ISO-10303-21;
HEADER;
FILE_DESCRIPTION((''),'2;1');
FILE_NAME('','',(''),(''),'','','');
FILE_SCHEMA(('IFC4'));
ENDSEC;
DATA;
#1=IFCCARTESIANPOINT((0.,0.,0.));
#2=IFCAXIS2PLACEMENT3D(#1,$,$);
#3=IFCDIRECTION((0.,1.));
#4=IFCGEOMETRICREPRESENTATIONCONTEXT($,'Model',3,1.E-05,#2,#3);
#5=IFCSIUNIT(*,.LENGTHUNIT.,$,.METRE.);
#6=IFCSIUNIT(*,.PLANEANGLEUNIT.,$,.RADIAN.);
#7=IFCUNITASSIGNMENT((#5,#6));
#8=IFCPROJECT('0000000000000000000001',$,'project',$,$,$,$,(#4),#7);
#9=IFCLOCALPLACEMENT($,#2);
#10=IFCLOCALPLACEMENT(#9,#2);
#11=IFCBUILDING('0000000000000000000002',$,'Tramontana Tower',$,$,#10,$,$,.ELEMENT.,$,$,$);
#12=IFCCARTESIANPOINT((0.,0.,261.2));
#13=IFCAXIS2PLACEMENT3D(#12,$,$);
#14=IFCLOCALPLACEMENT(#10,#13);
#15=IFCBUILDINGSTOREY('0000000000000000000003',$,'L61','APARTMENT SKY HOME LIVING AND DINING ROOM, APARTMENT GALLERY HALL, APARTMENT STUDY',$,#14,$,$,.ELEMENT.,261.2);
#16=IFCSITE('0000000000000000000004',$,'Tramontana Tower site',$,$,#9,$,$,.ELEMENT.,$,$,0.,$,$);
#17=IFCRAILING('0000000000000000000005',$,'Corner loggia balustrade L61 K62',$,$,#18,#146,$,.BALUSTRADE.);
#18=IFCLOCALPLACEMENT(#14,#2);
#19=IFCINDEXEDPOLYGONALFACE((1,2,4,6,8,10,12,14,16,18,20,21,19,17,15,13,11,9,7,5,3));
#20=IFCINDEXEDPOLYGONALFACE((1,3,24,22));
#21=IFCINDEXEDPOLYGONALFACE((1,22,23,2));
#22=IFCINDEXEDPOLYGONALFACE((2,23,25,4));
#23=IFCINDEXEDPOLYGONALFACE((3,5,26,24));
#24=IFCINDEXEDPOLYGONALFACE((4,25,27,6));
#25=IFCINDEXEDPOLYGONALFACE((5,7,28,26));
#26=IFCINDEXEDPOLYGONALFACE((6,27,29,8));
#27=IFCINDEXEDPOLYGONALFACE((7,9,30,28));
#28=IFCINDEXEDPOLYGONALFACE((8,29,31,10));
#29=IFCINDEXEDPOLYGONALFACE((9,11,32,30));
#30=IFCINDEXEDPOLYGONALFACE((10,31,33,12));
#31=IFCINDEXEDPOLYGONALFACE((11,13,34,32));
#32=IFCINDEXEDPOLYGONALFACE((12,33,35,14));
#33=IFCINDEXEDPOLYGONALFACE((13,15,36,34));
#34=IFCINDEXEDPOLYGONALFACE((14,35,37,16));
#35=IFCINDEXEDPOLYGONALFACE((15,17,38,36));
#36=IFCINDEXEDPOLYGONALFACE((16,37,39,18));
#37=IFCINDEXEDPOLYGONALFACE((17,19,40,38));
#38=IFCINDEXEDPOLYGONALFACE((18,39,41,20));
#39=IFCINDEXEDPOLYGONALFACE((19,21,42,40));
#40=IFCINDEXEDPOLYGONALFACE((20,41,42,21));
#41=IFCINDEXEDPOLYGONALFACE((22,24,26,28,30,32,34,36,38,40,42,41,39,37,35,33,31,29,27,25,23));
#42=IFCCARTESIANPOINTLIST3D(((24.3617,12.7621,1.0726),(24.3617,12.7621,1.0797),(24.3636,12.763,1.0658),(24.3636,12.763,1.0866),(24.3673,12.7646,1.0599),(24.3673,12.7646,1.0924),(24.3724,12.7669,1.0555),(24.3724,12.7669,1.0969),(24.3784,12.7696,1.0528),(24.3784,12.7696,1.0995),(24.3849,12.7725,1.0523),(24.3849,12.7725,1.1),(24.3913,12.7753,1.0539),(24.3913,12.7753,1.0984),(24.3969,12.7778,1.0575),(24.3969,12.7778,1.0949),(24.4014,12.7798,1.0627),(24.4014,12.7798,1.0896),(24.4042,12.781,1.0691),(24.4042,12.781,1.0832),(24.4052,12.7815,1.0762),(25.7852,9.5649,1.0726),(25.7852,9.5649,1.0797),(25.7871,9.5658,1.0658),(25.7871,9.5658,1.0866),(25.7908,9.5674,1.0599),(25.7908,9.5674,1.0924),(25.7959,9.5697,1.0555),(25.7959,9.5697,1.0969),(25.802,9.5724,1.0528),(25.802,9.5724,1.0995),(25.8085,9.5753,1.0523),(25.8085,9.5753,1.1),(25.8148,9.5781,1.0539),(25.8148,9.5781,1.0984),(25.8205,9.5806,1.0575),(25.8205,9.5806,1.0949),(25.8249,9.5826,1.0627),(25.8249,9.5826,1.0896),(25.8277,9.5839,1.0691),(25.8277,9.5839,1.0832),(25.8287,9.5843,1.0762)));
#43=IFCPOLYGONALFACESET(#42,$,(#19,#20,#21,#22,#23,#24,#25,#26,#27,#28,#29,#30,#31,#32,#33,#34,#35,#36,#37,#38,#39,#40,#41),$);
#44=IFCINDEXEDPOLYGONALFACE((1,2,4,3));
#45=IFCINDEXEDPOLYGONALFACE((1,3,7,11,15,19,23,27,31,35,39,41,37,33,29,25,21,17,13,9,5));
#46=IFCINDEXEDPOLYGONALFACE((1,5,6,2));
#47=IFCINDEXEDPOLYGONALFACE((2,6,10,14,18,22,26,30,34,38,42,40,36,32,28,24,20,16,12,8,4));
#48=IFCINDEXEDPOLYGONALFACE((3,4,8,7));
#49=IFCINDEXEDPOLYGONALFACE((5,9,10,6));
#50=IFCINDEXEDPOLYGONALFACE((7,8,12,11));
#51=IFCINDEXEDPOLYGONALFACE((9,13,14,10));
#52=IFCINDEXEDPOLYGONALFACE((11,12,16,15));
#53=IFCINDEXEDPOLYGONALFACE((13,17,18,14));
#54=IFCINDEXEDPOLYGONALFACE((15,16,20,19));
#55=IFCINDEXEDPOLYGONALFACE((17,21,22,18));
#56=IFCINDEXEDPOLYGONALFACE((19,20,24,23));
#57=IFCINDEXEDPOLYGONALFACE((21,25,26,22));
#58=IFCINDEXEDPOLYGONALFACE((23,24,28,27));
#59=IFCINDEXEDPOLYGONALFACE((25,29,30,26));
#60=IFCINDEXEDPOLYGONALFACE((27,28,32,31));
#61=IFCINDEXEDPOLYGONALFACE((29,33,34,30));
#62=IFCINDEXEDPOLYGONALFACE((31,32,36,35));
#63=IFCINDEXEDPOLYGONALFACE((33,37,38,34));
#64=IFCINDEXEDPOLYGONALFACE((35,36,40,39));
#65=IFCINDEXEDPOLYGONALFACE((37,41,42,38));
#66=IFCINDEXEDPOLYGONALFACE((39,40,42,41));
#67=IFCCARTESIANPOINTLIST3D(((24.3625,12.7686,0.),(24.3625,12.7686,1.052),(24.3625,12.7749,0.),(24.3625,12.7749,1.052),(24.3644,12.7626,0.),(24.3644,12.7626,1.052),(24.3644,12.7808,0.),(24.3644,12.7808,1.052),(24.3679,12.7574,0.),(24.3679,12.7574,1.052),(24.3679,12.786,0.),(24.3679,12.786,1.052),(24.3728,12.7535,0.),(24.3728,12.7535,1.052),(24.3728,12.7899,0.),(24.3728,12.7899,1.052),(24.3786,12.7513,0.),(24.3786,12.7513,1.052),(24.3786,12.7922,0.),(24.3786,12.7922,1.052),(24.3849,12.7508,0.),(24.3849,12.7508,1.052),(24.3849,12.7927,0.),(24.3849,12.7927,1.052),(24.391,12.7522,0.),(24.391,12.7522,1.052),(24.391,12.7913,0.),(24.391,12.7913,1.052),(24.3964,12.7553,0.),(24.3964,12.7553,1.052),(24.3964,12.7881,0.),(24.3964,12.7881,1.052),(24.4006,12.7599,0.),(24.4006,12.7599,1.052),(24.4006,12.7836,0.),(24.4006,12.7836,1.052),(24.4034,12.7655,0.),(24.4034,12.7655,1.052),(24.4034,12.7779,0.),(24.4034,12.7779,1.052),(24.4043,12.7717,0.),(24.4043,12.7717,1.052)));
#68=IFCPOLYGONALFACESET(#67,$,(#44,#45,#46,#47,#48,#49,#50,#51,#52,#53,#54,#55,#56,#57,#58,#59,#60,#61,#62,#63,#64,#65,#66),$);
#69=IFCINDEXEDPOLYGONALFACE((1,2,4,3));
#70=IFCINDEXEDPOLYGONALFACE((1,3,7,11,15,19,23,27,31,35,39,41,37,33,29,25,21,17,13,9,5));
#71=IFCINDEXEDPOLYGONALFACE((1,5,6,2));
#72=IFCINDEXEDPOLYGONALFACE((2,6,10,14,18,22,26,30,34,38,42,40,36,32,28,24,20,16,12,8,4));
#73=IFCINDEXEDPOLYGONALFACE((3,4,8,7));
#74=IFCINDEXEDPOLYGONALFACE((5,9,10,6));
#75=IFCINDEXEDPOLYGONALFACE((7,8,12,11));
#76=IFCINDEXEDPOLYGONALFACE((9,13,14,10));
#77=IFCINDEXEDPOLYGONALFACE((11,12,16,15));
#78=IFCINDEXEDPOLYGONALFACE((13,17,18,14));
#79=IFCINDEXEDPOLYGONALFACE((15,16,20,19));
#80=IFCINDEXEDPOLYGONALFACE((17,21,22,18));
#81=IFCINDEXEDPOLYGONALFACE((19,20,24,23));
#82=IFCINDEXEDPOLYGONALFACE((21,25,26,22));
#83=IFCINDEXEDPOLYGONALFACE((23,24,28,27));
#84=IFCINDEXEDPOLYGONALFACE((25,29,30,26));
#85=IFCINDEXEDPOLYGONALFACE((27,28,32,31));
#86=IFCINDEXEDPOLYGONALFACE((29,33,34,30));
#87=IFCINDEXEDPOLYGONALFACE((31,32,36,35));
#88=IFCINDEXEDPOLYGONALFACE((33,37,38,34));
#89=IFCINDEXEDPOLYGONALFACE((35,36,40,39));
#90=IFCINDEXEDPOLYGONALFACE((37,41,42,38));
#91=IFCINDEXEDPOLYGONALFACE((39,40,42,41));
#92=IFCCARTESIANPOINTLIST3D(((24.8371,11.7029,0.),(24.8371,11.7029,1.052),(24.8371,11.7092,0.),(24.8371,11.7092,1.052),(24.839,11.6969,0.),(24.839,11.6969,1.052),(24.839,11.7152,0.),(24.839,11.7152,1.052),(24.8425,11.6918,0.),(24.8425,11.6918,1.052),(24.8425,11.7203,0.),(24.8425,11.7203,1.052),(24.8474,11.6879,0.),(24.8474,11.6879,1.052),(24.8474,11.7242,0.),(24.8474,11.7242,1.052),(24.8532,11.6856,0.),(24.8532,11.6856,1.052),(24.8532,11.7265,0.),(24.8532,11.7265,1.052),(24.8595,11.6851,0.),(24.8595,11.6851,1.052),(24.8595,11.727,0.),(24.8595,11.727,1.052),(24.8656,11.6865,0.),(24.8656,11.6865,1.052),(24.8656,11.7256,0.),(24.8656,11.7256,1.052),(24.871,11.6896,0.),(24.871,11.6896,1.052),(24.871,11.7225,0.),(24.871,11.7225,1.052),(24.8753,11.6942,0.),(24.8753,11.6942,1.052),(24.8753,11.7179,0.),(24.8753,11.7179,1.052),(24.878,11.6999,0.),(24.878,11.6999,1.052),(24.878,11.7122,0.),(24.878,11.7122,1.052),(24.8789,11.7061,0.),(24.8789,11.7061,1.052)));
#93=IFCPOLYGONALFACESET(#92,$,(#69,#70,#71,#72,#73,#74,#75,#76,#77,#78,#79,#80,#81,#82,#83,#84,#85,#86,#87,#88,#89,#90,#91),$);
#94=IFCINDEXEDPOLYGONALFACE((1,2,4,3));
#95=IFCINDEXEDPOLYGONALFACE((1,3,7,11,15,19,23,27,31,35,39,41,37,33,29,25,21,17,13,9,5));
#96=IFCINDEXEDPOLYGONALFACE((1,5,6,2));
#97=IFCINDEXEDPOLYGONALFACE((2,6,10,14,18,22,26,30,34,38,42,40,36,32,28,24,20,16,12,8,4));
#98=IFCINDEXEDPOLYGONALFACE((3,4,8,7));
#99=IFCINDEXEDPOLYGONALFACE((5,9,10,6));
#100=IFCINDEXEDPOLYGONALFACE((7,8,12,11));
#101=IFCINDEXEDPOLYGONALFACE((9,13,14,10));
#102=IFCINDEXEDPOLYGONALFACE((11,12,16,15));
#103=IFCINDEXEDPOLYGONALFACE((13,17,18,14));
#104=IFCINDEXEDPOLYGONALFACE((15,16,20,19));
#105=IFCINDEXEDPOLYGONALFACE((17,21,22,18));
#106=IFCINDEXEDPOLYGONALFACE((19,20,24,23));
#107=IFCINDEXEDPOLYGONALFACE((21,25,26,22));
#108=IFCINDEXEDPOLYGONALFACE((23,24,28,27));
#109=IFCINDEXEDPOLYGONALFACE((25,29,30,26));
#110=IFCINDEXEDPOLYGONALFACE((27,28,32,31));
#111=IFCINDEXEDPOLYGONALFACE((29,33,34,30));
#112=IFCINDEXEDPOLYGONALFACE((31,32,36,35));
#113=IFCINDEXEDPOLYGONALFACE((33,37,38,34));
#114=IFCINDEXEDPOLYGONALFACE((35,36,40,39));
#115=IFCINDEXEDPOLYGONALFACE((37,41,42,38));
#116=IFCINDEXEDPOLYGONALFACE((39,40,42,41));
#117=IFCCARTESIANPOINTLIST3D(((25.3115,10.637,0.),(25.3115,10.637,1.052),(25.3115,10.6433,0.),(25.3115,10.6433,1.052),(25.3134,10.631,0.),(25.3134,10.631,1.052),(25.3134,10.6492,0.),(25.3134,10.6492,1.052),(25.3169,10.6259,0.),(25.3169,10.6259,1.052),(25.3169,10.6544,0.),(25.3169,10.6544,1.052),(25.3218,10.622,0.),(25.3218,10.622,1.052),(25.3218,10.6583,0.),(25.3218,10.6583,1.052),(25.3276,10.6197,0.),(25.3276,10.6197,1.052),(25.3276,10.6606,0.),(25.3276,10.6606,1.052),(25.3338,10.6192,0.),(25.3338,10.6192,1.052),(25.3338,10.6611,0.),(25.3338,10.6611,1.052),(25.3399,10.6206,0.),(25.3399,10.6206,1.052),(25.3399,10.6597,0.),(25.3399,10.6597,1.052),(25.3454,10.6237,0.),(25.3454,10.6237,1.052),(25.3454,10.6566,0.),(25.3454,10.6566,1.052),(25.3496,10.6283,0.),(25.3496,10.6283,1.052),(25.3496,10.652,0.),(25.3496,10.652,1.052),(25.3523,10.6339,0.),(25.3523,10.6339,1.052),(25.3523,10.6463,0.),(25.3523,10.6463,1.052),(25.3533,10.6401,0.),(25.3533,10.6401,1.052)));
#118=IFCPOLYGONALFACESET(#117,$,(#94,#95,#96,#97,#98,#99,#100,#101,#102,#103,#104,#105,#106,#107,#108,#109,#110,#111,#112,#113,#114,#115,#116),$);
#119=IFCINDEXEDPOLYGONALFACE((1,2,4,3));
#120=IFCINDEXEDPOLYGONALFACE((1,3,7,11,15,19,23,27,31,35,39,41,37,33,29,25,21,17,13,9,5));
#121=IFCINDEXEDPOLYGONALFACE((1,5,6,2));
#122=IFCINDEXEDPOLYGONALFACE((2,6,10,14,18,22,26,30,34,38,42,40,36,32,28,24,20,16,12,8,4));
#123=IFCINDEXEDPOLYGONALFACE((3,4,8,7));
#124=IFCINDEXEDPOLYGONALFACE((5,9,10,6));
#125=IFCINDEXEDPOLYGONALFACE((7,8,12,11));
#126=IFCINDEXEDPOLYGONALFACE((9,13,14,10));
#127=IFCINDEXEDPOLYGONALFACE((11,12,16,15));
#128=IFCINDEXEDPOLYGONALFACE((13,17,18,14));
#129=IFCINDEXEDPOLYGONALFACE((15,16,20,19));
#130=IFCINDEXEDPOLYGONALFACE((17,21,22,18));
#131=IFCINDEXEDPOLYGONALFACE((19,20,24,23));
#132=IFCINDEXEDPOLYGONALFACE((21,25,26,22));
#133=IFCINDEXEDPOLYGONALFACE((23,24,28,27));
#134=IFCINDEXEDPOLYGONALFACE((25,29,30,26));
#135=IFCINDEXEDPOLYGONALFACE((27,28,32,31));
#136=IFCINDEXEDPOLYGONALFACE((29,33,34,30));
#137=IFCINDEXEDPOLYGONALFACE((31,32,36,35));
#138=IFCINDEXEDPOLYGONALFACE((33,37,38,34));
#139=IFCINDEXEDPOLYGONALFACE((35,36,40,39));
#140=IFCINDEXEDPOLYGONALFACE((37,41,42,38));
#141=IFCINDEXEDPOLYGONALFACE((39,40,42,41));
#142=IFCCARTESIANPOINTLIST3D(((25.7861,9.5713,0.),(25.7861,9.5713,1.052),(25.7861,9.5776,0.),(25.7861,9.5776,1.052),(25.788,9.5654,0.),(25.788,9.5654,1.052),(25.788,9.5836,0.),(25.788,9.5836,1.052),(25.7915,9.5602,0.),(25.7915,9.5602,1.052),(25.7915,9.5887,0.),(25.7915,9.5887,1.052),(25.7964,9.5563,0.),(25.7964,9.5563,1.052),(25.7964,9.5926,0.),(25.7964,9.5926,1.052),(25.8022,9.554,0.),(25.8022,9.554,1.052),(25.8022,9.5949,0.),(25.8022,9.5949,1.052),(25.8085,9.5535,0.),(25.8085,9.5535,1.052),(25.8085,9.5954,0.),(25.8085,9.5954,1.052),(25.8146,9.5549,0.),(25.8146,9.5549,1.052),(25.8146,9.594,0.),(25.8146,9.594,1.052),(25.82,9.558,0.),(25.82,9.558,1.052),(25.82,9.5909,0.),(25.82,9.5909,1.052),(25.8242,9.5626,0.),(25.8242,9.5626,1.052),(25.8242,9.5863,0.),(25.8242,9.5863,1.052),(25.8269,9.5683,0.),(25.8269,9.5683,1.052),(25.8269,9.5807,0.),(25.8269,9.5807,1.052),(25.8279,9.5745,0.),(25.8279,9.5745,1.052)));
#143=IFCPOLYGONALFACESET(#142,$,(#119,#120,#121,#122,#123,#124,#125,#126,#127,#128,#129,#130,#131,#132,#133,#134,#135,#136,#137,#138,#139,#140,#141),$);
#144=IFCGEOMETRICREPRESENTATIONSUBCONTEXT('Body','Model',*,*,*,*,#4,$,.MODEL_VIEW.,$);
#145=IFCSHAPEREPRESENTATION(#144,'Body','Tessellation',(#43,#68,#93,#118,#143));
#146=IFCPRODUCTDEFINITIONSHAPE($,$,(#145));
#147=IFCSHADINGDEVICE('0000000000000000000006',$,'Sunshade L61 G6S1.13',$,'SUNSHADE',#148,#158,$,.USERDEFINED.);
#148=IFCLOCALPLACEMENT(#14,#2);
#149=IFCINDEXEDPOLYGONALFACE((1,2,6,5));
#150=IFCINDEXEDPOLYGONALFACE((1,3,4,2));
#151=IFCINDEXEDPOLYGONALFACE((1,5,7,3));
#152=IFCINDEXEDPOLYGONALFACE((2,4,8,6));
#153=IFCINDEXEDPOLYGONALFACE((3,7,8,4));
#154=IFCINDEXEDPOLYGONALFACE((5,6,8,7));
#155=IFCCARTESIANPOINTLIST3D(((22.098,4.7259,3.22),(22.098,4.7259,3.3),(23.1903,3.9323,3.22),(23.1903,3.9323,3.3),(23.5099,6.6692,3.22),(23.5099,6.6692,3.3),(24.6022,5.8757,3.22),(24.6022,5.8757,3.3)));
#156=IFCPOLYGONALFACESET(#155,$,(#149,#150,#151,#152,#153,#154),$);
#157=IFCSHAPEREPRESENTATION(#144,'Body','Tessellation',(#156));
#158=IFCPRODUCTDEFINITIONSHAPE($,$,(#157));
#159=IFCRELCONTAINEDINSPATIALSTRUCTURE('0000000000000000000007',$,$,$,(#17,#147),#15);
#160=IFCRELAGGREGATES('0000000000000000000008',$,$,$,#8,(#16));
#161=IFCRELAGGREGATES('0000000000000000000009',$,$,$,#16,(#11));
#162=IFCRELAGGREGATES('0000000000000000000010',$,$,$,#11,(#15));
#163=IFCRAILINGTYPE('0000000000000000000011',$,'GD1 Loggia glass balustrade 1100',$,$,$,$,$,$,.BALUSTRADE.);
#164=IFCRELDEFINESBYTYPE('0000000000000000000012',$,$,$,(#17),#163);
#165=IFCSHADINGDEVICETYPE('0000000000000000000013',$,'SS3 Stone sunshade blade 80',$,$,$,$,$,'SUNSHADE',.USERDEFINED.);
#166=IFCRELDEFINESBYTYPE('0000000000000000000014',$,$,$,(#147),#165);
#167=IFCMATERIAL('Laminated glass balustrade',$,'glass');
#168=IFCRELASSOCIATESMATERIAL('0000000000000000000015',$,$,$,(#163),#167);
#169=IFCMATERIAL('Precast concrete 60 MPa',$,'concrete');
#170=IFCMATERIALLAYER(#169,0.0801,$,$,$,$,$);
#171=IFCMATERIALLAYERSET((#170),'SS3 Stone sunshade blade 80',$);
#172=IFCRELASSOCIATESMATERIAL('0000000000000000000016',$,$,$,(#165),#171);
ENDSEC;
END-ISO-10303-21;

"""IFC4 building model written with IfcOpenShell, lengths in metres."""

from ifc_helpers import new_model, si_unit, direction, frame, origin, origin_2d, place, context, subcontext, project, spatial, rectangle, circle, extrude, material, layer, layer_set, type_object, element, save


model = new_model("IFC4")

# Units and contexts
model_context = context("Model", 3, precision=1e-05, world=origin(), true_north=direction((0.0, 1.0)))
body_context = subcontext(model_context, "Body", "Model", "MODEL_VIEW")
ifc_project = project(units=[si_unit("LENGTHUNIT", "METRE"), si_unit("PLANEANGLEUNIT", "RADIAN")], contexts=[model_context])

# Site, building, storey
site_placement = place(None, origin())
site = spatial("IfcSite", under=ifc_project, at=site_placement, Name="Tramontana Tower site", CompositionType="ELEMENT", RefElevation=0.0)
building_placement = place(site_placement, origin())
building = spatial("IfcBuilding", under=site, at=building_placement, Name="Tramontana Tower", CompositionType="ELEMENT")
storey_placement = place(building_placement, frame((0.0, 0.0, 261.2)))
storey = spatial("IfcBuildingStorey", under=building, at=storey_placement, Name="L61", Description="APARTMENT SKY HOME LIVING AND DINING ROOM, APARTMENT GALLERY HALL, APARTMENT STUDY", CompositionType="ELEMENT", Elevation=261.2)

# Railing
ifc_material_1 = material(Name="Laminated glass balustrade", Category="glass")
railing_type = type_object("IfcRailingType", Name="GD1 Loggia glass balustrade 1100", PredefinedType="BALUSTRADE", material=ifc_material_1)
railing_1_placement = place(storey_placement, frame((24.3833, 12.7717, 0.0)))
element("IfcRailing", 1, at=railing_1_placement, inside=storey, type_object=railing_type, Name="Corner loggia balustrade L61 K62", PredefinedType="BALUSTRADE", context=body_context, shape_type="SweptSolid", body=[
    extrude(circle(Radius=0.0239, at=origin_2d()), frame((0.0, 0.0, 1.0762), z_axis=(0.406753, -0.913538, 0.0), x_axis=(0.913538, 0.406753, 0.0)), (0.0, 0.0, 1.0), 3.4998),
    extrude(circle(Radius=0.021, at=origin_2d()), origin(), (0.0, 0.0, 1.0), 1.052),
    extrude(circle(Radius=0.021, at=origin_2d()), frame((0.4746, -1.0657, 0.0)), (0.0, 0.0, 1.0), 1.052),
    extrude(circle(Radius=0.021, at=origin_2d()), frame((0.949, -2.1316, 0.0)), (0.0, 0.0, 1.0), 1.052),
    extrude(circle(Radius=0.021, at=origin_2d()), frame((1.4236, -3.1973, 0.0)), (0.0, 0.0, 1.0), 1.052),
])

# Shading device
ifc_material_2 = material(Name="Precast concrete 60 MPa", Category="concrete")
ifc_layer_1 = layer(ifc_material_2, 0.0801)
ifc_layer_set_1 = layer_set([ifc_layer_1], Name="SS3 Stone sunshade blade 80")
shading_device_type = type_object("IfcShadingDeviceType", Name="SS3 Stone sunshade blade 80", ElementType="SUNSHADE", PredefinedType="USERDEFINED", material=ifc_layer_set_1)
shading_device_placement = place(storey_placement, frame((23.3501, 5.3008, 3.22), z_axis=(0.0, 0.0, 1.0), x_axis=(0.587785, 0.809017, 0.0)))
element("IfcShadingDevice", 2, at=shading_device_placement, inside=storey, type_object=shading_device_type, Name="Sunshade L61 G6S1.13", ObjectType="SUNSHADE", PredefinedType="USERDEFINED", context=body_context, shape_type="SweptSolid", body=[
    extrude(rectangle(XDim=2.4021, YDim=1.3501, at=origin_2d()), origin(), (0.0, 0.0, 1.0), 0.0801),
])

save(model, "model.ifc")
